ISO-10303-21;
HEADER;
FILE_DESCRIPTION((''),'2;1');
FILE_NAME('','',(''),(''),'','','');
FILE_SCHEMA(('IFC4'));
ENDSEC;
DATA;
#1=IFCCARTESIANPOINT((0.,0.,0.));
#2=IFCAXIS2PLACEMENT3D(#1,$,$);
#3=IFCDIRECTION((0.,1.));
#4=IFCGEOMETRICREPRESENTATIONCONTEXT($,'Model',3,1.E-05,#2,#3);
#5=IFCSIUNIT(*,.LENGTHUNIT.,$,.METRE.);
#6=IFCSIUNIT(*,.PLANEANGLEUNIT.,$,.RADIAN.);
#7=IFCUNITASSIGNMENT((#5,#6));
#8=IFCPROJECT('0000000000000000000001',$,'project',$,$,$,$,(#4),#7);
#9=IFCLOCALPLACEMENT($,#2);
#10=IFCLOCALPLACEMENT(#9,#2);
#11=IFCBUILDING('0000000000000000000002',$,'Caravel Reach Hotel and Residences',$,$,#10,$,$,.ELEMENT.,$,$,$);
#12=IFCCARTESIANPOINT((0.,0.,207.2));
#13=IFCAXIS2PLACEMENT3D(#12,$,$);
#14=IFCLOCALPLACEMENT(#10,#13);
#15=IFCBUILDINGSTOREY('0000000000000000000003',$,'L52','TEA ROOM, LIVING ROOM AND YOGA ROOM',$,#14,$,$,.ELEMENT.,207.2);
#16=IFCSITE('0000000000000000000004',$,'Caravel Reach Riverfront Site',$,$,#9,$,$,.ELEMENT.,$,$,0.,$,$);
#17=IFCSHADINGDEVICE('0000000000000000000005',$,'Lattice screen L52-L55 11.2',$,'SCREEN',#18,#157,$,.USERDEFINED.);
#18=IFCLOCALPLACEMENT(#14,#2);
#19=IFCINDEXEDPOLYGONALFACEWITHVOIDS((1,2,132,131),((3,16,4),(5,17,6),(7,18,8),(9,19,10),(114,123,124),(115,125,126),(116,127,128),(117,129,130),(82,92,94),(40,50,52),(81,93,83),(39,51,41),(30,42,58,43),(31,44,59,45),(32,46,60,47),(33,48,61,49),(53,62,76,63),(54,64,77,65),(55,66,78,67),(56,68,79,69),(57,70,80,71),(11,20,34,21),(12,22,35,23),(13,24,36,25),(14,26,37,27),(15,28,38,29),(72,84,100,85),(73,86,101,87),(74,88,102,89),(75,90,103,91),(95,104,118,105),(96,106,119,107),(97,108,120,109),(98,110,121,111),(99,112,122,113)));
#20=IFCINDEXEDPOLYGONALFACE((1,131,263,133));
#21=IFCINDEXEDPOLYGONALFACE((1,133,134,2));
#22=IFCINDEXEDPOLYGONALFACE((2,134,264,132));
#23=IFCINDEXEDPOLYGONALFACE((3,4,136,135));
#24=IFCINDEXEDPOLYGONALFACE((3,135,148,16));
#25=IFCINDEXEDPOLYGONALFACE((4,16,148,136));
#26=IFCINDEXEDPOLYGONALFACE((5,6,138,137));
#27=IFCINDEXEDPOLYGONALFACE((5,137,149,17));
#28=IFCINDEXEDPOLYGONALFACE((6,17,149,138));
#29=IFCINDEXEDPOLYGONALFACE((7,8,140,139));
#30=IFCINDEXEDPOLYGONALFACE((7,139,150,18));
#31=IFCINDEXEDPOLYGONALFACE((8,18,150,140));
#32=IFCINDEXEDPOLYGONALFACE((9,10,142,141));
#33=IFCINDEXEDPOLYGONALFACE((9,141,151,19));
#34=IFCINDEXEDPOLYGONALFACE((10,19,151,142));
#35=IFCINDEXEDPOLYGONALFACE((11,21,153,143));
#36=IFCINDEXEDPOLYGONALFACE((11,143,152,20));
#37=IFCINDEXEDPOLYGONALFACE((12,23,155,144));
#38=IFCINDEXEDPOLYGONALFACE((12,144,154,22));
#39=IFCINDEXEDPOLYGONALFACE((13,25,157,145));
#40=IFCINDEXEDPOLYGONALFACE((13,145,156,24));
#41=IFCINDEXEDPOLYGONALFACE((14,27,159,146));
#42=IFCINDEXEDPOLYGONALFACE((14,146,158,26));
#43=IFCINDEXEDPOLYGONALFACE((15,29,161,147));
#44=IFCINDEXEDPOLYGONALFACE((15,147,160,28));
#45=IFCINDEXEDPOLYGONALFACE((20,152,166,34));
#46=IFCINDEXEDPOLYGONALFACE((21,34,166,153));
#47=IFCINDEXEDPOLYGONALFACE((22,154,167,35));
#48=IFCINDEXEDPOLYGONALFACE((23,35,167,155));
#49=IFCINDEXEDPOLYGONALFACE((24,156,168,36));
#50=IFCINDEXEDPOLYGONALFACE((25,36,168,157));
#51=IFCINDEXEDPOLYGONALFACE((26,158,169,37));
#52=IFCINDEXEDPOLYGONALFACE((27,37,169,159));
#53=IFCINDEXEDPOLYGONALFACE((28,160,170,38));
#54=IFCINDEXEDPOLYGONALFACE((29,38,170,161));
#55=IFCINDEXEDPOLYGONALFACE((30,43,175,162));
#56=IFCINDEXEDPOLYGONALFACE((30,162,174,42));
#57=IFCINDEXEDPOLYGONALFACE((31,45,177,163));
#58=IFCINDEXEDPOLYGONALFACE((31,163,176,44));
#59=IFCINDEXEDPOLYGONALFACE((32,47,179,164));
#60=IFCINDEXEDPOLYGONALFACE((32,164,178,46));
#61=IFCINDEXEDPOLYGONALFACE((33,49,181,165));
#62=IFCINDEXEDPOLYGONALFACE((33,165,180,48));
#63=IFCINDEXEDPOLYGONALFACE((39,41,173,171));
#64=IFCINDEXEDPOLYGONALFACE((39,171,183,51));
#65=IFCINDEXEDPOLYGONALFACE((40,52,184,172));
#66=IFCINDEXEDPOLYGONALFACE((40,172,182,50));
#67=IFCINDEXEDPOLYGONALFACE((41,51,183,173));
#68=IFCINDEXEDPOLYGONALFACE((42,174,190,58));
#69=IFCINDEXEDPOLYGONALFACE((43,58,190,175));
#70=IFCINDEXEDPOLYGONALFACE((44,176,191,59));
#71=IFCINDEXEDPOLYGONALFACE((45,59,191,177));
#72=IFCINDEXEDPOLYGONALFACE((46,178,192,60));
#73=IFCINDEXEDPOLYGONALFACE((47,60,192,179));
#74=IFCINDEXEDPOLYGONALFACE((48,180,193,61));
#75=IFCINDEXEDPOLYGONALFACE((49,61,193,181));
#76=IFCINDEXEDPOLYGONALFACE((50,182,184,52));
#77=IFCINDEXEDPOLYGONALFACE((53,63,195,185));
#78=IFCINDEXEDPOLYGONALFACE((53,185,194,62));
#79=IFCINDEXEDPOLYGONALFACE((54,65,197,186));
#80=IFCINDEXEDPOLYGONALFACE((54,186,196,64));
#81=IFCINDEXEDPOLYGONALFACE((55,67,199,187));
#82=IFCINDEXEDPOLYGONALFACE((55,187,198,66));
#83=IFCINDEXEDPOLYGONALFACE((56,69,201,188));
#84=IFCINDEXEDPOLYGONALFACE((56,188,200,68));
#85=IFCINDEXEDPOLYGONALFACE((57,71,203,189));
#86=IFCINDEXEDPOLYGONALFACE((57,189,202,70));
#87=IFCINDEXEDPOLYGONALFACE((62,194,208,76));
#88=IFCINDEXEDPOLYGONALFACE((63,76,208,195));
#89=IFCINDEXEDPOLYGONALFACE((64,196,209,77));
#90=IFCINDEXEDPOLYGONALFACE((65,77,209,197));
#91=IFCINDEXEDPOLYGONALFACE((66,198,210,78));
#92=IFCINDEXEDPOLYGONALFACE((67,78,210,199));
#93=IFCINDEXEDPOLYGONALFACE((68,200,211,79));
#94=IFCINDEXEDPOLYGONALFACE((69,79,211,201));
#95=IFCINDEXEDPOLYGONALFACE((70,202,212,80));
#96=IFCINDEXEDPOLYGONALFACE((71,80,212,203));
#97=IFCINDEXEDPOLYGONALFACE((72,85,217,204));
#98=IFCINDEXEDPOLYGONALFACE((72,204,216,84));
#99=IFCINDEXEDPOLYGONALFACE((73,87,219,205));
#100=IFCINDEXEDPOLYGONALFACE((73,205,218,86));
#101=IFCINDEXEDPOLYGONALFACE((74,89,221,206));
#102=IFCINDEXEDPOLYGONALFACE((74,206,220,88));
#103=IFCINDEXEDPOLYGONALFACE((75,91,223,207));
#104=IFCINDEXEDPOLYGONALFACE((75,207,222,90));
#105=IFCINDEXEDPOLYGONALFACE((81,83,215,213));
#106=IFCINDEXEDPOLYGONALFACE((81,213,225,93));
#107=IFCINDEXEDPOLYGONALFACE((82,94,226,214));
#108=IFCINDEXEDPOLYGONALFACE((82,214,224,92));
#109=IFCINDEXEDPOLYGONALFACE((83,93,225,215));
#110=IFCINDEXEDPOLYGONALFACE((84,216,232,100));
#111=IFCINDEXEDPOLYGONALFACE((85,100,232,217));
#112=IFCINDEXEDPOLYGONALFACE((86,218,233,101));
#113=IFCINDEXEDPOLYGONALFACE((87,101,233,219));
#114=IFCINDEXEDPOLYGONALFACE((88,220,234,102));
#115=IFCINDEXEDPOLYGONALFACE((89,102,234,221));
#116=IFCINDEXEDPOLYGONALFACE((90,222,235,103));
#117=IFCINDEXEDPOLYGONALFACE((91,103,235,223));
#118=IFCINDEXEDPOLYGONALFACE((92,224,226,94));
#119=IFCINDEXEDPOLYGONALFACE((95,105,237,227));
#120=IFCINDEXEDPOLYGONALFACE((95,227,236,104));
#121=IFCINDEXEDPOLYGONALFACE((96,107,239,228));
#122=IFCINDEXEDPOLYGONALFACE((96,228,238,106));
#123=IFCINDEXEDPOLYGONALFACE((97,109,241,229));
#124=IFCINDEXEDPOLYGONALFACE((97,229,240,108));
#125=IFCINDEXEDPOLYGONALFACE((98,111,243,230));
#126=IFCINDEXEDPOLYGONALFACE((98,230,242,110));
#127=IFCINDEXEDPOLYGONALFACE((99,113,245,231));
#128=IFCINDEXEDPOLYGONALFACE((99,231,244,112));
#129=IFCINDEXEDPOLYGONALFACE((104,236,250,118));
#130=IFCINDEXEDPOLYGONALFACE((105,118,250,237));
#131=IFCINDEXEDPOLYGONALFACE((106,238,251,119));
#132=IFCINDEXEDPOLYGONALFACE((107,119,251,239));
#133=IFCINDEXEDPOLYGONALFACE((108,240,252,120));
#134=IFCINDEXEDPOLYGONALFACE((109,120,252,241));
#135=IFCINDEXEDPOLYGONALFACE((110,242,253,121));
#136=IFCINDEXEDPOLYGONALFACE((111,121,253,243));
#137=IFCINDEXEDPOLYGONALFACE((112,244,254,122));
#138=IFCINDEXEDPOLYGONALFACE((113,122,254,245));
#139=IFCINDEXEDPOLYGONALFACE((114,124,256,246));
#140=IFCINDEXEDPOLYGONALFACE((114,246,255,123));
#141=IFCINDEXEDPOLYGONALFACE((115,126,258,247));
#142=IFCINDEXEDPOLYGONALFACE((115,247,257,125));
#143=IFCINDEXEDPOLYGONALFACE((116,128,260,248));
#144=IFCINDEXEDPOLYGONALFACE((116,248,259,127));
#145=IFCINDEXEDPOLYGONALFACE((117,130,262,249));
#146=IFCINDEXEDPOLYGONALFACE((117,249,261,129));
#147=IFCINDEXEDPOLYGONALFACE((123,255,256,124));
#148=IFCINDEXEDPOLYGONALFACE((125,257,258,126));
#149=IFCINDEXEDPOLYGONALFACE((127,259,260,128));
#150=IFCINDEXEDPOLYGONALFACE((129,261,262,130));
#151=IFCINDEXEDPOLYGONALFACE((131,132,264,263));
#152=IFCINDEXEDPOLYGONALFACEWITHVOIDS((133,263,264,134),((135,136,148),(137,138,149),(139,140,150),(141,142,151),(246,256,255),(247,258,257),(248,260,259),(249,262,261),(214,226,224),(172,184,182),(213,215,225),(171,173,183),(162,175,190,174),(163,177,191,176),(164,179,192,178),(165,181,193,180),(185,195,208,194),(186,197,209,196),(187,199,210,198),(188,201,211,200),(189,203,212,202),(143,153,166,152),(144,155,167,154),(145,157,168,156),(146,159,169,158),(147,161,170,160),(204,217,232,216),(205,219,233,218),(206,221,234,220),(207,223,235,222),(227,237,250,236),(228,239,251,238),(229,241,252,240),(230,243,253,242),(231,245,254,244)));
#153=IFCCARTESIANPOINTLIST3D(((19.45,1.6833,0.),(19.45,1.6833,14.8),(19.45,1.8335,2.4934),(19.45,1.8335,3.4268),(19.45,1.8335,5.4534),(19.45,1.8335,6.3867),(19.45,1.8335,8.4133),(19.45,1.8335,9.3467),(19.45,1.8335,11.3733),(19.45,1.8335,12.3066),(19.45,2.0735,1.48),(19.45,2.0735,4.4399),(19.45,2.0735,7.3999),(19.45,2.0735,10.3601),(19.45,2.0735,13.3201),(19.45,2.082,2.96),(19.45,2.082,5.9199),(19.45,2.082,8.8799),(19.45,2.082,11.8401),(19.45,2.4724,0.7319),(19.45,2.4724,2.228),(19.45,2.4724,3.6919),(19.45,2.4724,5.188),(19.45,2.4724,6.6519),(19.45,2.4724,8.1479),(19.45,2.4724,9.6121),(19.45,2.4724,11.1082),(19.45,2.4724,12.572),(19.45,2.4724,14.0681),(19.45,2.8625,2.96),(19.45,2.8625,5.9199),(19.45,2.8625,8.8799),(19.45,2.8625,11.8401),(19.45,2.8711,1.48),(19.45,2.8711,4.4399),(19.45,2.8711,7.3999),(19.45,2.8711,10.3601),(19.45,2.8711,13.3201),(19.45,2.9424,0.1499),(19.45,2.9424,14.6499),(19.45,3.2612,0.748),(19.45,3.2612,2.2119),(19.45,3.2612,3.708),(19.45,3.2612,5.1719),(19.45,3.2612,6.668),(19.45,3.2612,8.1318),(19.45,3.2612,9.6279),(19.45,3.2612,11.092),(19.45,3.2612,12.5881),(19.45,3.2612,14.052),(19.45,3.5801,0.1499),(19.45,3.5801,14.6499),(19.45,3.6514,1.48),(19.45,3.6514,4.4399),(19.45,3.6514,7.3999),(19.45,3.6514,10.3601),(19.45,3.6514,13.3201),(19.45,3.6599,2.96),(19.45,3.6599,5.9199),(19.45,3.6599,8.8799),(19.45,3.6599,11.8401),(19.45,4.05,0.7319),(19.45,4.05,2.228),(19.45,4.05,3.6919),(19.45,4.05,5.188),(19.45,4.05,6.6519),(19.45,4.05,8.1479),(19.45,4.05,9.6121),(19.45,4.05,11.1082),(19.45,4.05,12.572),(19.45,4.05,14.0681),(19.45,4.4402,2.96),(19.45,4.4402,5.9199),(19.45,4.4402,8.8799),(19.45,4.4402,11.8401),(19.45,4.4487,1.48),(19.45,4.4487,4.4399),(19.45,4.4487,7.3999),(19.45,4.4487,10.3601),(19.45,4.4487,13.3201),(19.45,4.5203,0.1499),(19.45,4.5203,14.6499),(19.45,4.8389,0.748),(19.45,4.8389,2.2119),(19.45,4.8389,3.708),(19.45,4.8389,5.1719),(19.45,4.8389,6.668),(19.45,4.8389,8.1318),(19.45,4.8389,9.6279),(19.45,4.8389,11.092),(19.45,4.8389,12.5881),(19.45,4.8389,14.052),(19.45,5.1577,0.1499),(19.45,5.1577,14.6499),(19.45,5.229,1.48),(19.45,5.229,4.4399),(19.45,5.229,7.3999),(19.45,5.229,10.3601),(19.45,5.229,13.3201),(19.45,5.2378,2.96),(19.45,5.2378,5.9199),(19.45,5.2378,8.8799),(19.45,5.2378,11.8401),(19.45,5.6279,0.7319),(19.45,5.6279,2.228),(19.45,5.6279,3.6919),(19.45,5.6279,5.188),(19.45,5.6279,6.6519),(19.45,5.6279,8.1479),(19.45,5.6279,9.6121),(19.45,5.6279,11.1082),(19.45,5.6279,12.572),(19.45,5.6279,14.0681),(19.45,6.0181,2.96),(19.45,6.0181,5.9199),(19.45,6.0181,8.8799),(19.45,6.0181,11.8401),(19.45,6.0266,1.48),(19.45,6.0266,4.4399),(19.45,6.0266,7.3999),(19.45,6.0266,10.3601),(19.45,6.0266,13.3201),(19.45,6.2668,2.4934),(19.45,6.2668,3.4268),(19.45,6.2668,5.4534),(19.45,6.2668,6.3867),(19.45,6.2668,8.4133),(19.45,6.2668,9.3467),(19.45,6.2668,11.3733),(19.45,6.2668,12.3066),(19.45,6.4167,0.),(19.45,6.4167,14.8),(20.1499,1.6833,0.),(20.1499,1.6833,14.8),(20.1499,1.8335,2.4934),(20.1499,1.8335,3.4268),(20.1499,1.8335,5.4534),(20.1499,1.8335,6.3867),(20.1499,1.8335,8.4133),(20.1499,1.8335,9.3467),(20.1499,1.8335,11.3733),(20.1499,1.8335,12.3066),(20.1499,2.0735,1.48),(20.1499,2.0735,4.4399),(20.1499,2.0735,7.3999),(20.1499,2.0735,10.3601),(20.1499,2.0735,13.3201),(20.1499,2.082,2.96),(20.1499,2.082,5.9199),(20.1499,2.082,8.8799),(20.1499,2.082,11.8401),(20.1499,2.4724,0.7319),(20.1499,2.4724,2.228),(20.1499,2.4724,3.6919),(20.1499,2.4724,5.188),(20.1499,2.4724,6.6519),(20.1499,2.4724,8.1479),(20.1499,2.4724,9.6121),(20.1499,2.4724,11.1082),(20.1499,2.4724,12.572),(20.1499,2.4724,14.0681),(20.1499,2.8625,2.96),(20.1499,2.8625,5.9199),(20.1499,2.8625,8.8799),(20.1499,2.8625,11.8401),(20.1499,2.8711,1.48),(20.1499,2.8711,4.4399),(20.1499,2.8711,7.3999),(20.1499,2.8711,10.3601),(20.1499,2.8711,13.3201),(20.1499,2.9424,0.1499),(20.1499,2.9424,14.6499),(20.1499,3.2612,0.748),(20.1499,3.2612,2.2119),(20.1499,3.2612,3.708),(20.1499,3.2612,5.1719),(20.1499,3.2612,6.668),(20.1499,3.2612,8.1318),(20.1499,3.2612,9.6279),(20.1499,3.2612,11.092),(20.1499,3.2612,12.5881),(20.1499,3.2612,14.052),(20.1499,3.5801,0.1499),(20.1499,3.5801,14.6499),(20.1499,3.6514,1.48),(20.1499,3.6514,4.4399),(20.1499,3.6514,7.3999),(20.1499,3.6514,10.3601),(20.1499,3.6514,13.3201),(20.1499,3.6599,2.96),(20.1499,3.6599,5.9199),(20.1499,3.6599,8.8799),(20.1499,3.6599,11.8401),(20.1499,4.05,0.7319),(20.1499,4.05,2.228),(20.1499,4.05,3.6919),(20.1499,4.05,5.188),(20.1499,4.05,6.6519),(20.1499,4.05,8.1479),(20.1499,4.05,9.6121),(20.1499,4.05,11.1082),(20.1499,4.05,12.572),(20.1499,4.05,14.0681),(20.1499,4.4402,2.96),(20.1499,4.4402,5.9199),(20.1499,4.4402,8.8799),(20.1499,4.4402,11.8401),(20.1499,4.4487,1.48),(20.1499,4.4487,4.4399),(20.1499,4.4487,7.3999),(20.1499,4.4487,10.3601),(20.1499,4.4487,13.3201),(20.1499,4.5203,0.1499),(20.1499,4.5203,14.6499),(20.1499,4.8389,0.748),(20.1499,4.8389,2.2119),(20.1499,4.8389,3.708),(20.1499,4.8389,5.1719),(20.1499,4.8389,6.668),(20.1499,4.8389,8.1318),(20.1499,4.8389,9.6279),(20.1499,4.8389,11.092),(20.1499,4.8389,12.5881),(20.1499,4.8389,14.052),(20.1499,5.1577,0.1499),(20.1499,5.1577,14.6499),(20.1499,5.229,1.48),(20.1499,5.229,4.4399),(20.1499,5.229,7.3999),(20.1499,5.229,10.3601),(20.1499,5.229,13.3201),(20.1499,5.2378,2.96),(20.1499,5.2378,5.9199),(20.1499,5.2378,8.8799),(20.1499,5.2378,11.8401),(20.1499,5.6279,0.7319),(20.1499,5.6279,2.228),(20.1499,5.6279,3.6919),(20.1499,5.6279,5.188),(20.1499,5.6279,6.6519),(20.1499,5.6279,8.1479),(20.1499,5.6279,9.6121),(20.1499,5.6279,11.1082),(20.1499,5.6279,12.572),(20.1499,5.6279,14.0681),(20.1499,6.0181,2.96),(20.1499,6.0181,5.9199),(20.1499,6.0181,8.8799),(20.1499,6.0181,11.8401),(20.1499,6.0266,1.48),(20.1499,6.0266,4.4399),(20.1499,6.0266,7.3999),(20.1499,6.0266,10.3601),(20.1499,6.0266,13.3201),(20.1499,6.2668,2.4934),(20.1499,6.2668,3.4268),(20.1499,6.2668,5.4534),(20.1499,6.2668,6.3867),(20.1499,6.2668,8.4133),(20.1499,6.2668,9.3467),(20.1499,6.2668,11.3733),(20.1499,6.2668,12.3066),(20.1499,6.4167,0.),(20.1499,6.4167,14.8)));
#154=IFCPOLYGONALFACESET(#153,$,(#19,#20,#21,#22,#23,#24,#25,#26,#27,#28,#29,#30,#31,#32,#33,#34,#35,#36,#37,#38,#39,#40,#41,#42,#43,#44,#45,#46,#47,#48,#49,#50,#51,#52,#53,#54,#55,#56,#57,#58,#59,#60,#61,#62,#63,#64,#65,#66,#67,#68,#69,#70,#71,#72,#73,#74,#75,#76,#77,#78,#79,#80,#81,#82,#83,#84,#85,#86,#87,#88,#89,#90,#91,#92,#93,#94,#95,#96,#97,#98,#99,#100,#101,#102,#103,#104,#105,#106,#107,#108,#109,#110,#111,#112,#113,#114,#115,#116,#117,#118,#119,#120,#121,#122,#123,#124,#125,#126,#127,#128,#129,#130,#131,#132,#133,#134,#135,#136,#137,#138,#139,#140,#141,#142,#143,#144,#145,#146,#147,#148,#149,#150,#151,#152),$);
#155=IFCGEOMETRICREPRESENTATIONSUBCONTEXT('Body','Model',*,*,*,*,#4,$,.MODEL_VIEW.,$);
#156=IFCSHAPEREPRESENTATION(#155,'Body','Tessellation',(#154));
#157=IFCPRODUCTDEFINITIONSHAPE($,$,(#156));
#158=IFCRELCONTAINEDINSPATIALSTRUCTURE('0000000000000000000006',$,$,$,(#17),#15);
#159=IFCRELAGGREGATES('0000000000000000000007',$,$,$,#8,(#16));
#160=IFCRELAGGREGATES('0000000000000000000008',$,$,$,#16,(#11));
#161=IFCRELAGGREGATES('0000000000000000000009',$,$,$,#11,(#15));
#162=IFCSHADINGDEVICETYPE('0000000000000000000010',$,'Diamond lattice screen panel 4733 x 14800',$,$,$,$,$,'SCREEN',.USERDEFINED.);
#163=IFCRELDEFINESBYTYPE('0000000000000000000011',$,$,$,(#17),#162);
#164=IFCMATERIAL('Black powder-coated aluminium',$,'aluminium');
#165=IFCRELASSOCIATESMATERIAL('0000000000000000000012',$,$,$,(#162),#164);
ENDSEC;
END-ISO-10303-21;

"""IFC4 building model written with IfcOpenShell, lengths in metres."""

from ifc_helpers import new_model, si_unit, direction, frame, origin, place, context, subcontext, project, spatial, polyline, outline, extrude, material, type_object, element, save


model = new_model("IFC4")

# Units and contexts
model_context = context("Model", 3, precision=1e-05, world=origin(), true_north=direction((0.0, 1.0)))
body_context = subcontext(model_context, "Body", "Model", "MODEL_VIEW")
ifc_project = project(units=[si_unit("LENGTHUNIT", "METRE"), si_unit("PLANEANGLEUNIT", "RADIAN")], contexts=[model_context])

# Site, building, storey
site_placement = place(None, origin())
site = spatial("IfcSite", under=ifc_project, at=site_placement, Name="Caravel Reach Riverfront Site", CompositionType="ELEMENT", RefElevation=0.0)
building_placement = place(site_placement, origin())
building = spatial("IfcBuilding", under=site, at=building_placement, Name="Caravel Reach Hotel and Residences", CompositionType="ELEMENT")
storey_placement = place(building_placement, frame((0.0, 0.0, 207.2)))
storey = spatial("IfcBuildingStorey", under=building, at=storey_placement, Name="L52", Description="TEA ROOM, LIVING ROOM AND YOGA ROOM", CompositionType="ELEMENT", Elevation=207.2)

# Shading device
ifc_material_1 = material(Name="Black powder-coated aluminium", Category="aluminium")
shading_device_type_1 = type_object("IfcShadingDeviceType", Name="Diamond lattice screen panel 4733 x 14800", ElementType="SCREEN", PredefinedType="USERDEFINED", material=ifc_material_1)
shading_device_1_placement = place(storey_placement, frame((20.1499, 6.4167, 0.0), z_axis=(-1.0, 0.0, 0.0), x_axis=(0.0, -1.0, 0.0)))
element("IfcShadingDevice", 1, at=shading_device_1_placement, inside=storey, type_object=shading_device_type_1, Name="Lattice screen L52-L55 11.2", ObjectType="SCREEN", PredefinedType="USERDEFINED", context=body_context, shape_type="SweptSolid", body=[
    extrude(outline(polyline([(0.0, 0.0), (4.7334, 0.0), (4.7334, 14.8), (0.0, 14.8), (0.0, 0.0)]), holes=[polyline([(0.3987, 2.96), (0.1499, 3.4268), (0.1499, 2.4934), (0.3987, 2.96)]), polyline([(0.3987, 5.9199), (0.1499, 6.3867), (0.1499, 5.4534), (0.3987, 5.9199)]), polyline([(0.3987, 8.8799), (0.1499, 9.3467), (0.1499, 8.4133), (0.3987, 8.8799)]), polyline([(0.3987, 11.8401), (0.1499, 12.3066), (0.1499, 11.3733), (0.3987, 11.8401)]), polyline([(0.7888, 2.228), (0.3901, 1.48), (0.7888, 0.7319), (1.1877, 1.48), (0.7888, 2.228)]), polyline([(0.7888, 5.188), (0.3901, 4.4399), (0.7888, 3.6919), (1.1877, 4.4399), (0.7888, 5.188)]), polyline([(0.7888, 8.1479), (0.3901, 7.3999), (0.7888, 6.6519), (1.1877, 7.3999), (0.7888, 8.1479)]), polyline([(0.7888, 11.1082), (0.3901, 10.3601), (0.7888, 9.6121), (1.1877, 10.3601), (0.7888, 11.1082)]), polyline([(0.7888, 14.0681), (0.3901, 13.3201), (0.7888, 12.572), (1.1877, 13.3201), (0.7888, 14.0681)]), polyline([(1.5779, 0.748), (1.259, 0.1499), (1.8965, 0.1499), (1.5779, 0.748)]), polyline([(1.5779, 3.708), (1.179, 2.96), (1.5779, 2.2119), (1.9766, 2.96), (1.5779, 3.708)]), polyline([(1.5779, 6.668), (1.179, 5.9199), (1.5779, 5.1719), (1.9766, 5.9199), (1.5779, 6.668)]), polyline([(1.5779, 9.6279), (1.179, 8.8799), (1.5779, 8.1318), (1.9766, 8.8799), (1.5779, 9.6279)]), polyline([(1.5779, 12.5881), (1.179, 11.8401), (1.5779, 11.092), (1.9766, 11.8401), (1.5779, 12.5881)]), polyline([(1.5779, 14.052), (1.8965, 14.6499), (1.259, 14.6499), (1.5779, 14.052)]), polyline([(2.3667, 2.228), (1.968, 1.48), (2.3667, 0.7319), (2.7654, 1.48), (2.3667, 2.228)]), polyline([(2.3667, 5.188), (1.968, 4.4399), (2.3667, 3.6919), (2.7654, 4.4399), (2.3667, 5.188)]), polyline([(2.3667, 8.1479), (1.968, 7.3999), (2.3667, 6.6519), (2.7654, 7.3999), (2.3667, 8.1479)]), polyline([(2.3667, 11.1082), (1.968, 10.3601), (2.3667, 9.6121), (2.7654, 10.3601), (2.3667, 11.1082)]), polyline([(2.3667, 14.0681), (1.968, 13.3201), (2.3667, 12.572), (2.7654, 13.3201), (2.3667, 14.0681)]), polyline([(3.1555, 0.748), (2.8367, 0.1499), (3.4744, 0.1499), (3.1555, 0.748)]), polyline([(3.1555, 3.708), (2.7568, 2.96), (3.1555, 2.2119), (3.5542, 2.96), (3.1555, 3.708)]), polyline([(3.1555, 6.668), (2.7568, 5.9199), (3.1555, 5.1719), (3.5542, 5.9199), (3.1555, 6.668)]), polyline([(3.1555, 9.6279), (2.7568, 8.8799), (3.1555, 8.1318), (3.5542, 8.8799), (3.1555, 9.6279)]), polyline([(3.1555, 12.5881), (2.7568, 11.8401), (3.1555, 11.092), (3.5542, 11.8401), (3.1555, 12.5881)]), polyline([(3.1555, 14.052), (3.4744, 14.6499), (2.8367, 14.6499), (3.1555, 14.052)]), polyline([(3.9443, 2.228), (3.5457, 1.48), (3.9443, 0.7319), (4.3433, 1.48), (3.9443, 2.228)]), polyline([(3.9443, 5.188), (3.5457, 4.4399), (3.9443, 3.6919), (4.3433, 4.4399), (3.9443, 5.188)]), polyline([(3.9443, 8.1479), (3.5457, 7.3999), (3.9443, 6.6519), (4.3433, 7.3999), (3.9443, 8.1479)]), polyline([(3.9443, 11.1082), (3.5457, 10.3601), (3.9443, 9.6121), (4.3433, 10.3601), (3.9443, 11.1082)]), polyline([(3.9443, 14.0681), (3.5457, 13.3201), (3.9443, 12.572), (4.3433, 13.3201), (3.9443, 14.0681)]), polyline([(4.3347, 2.96), (4.5833, 2.4934), (4.5833, 3.4268), (4.3347, 2.96)]), polyline([(4.3347, 5.9199), (4.5833, 5.4534), (4.5833, 6.3867), (4.3347, 5.9199)]), polyline([(4.3347, 8.8799), (4.5833, 8.4133), (4.5833, 9.3467), (4.3347, 8.8799)]), polyline([(4.3347, 11.8401), (4.5833, 11.3733), (4.5833, 12.3066), (4.3347, 11.8401)])]), origin(), (0.0, 0.0, 1.0), 0.7),
])

save(model, "model.ifc")
